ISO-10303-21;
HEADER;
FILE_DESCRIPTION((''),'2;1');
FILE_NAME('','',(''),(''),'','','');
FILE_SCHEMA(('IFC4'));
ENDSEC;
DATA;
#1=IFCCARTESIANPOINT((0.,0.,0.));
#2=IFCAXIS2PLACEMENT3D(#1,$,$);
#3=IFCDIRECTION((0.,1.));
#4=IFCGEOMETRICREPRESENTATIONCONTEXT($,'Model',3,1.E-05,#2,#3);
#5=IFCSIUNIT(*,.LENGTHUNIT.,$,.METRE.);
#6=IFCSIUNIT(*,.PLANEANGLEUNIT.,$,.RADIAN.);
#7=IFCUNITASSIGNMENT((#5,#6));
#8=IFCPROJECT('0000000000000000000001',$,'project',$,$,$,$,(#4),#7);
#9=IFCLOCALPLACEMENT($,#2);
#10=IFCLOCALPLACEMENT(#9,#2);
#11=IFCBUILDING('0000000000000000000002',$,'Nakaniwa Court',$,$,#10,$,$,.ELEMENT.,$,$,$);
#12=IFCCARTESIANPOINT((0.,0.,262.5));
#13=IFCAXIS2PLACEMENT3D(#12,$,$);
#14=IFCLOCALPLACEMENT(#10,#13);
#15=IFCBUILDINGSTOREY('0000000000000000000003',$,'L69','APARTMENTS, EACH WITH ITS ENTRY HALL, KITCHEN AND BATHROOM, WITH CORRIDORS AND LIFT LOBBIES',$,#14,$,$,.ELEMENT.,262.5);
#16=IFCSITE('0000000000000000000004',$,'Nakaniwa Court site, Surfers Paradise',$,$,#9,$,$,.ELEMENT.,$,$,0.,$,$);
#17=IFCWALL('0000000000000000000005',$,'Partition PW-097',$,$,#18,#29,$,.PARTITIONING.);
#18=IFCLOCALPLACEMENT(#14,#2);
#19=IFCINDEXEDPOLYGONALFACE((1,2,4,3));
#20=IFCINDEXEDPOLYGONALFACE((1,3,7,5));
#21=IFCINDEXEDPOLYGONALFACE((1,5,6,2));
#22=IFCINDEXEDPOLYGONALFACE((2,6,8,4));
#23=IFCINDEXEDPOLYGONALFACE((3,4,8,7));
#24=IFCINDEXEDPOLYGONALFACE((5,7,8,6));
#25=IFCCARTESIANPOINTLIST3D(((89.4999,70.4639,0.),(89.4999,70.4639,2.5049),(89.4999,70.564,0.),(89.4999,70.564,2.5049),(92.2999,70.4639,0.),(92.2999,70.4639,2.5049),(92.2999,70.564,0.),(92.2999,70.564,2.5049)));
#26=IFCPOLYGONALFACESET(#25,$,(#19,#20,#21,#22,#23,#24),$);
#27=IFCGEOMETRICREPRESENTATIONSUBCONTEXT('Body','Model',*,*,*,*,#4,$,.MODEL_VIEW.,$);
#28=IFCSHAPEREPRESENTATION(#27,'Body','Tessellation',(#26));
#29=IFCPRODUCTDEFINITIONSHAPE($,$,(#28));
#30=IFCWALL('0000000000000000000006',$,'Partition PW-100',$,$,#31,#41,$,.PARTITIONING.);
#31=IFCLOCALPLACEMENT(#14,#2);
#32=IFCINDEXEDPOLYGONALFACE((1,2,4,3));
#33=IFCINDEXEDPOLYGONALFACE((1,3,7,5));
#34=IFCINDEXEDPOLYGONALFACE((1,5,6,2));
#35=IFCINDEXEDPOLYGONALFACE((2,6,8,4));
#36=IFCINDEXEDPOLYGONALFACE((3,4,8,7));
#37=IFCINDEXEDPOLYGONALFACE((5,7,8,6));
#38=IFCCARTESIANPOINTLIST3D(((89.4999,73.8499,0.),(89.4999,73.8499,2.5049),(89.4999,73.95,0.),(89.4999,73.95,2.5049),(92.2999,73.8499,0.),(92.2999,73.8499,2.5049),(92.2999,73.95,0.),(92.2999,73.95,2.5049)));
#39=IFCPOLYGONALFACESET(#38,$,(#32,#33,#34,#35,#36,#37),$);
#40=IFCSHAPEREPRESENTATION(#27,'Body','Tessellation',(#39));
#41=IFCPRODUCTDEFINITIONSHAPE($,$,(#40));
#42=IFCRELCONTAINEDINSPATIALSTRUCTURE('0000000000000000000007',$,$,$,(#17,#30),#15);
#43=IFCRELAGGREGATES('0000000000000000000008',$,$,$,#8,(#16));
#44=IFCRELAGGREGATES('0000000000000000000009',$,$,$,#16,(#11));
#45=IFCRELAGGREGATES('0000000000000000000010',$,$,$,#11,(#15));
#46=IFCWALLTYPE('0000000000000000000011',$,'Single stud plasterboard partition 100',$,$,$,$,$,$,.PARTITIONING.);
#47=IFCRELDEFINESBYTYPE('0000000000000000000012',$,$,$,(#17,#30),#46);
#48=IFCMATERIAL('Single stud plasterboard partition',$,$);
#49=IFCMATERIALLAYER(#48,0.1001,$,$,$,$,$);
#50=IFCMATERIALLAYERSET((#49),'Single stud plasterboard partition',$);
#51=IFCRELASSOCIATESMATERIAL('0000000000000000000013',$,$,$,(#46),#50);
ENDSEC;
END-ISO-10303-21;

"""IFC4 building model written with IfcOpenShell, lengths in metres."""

from ifc_helpers import new_model, si_unit, direction, frame, frame_2d, origin, place, context, subcontext, project, spatial, rectangle, extrude, material, layer, layer_set, type_object, element, save


model = new_model("IFC4")

# Units and contexts
model_context = context("Model", 3, precision=1e-05, world=origin(), true_north=direction((0.0, 1.0)))
body_context = subcontext(model_context, "Body", "Model", "MODEL_VIEW")
ifc_project = project(units=[si_unit("LENGTHUNIT", "METRE"), si_unit("PLANEANGLEUNIT", "RADIAN")], contexts=[model_context])

# Site, building, storey
site_placement = place(None, origin())
site = spatial("IfcSite", under=ifc_project, at=site_placement, Name="Nakaniwa Court site, Surfers Paradise", CompositionType="ELEMENT", RefElevation=0.0)
building_placement = place(site_placement, origin())
building = spatial("IfcBuilding", under=site, at=building_placement, Name="Nakaniwa Court", CompositionType="ELEMENT")
storey_placement = place(building_placement, frame((0.0, 0.0, 262.5)))
storey = spatial("IfcBuildingStorey", under=building, at=storey_placement, Name="L69", Description="APARTMENTS, EACH WITH ITS ENTRY HALL, KITCHEN AND BATHROOM, WITH CORRIDORS AND LIFT LOBBIES", CompositionType="ELEMENT", Elevation=262.5)

# Walls
ifc_material_1 = material(Name="Single stud plasterboard partition")
ifc_layer_1 = layer(ifc_material_1, 0.1001)
ifc_layer_set_1 = layer_set([ifc_layer_1], Name="Single stud plasterboard partition")
wall_type_1 = type_object("IfcWallType", Name="Single stud plasterboard partition 100", PredefinedType="PARTITIONING", material=ifc_layer_set_1)
for number, where, z_axis, x_axis, name in (
    (1, (89.5, 70.5139, 0.0), (0.0, 0.0, 1.0), (1.0, 0.0, 0.0), "Partition PW-097"),
    (2, (89.5, 73.8999, 0.0), (0.0, 0.0, 1.0), (1.0, 0.0, 0.0), "Partition PW-100"),
):
    element("IfcWall", number, at=place(storey_placement, frame(where, z_axis=z_axis, x_axis=x_axis)), inside=storey, type_object=wall_type_1, Name=name, PredefinedType="PARTITIONING", context=body_context, shape_type="SweptSolid", body=[
        extrude(rectangle(XDim=2.8, YDim=0.1001, at=frame_2d((1.3999, 0.0))), origin(), (0.0, 0.0, 1.0), 2.5049),
    ])

save(model, "model.ifc")
